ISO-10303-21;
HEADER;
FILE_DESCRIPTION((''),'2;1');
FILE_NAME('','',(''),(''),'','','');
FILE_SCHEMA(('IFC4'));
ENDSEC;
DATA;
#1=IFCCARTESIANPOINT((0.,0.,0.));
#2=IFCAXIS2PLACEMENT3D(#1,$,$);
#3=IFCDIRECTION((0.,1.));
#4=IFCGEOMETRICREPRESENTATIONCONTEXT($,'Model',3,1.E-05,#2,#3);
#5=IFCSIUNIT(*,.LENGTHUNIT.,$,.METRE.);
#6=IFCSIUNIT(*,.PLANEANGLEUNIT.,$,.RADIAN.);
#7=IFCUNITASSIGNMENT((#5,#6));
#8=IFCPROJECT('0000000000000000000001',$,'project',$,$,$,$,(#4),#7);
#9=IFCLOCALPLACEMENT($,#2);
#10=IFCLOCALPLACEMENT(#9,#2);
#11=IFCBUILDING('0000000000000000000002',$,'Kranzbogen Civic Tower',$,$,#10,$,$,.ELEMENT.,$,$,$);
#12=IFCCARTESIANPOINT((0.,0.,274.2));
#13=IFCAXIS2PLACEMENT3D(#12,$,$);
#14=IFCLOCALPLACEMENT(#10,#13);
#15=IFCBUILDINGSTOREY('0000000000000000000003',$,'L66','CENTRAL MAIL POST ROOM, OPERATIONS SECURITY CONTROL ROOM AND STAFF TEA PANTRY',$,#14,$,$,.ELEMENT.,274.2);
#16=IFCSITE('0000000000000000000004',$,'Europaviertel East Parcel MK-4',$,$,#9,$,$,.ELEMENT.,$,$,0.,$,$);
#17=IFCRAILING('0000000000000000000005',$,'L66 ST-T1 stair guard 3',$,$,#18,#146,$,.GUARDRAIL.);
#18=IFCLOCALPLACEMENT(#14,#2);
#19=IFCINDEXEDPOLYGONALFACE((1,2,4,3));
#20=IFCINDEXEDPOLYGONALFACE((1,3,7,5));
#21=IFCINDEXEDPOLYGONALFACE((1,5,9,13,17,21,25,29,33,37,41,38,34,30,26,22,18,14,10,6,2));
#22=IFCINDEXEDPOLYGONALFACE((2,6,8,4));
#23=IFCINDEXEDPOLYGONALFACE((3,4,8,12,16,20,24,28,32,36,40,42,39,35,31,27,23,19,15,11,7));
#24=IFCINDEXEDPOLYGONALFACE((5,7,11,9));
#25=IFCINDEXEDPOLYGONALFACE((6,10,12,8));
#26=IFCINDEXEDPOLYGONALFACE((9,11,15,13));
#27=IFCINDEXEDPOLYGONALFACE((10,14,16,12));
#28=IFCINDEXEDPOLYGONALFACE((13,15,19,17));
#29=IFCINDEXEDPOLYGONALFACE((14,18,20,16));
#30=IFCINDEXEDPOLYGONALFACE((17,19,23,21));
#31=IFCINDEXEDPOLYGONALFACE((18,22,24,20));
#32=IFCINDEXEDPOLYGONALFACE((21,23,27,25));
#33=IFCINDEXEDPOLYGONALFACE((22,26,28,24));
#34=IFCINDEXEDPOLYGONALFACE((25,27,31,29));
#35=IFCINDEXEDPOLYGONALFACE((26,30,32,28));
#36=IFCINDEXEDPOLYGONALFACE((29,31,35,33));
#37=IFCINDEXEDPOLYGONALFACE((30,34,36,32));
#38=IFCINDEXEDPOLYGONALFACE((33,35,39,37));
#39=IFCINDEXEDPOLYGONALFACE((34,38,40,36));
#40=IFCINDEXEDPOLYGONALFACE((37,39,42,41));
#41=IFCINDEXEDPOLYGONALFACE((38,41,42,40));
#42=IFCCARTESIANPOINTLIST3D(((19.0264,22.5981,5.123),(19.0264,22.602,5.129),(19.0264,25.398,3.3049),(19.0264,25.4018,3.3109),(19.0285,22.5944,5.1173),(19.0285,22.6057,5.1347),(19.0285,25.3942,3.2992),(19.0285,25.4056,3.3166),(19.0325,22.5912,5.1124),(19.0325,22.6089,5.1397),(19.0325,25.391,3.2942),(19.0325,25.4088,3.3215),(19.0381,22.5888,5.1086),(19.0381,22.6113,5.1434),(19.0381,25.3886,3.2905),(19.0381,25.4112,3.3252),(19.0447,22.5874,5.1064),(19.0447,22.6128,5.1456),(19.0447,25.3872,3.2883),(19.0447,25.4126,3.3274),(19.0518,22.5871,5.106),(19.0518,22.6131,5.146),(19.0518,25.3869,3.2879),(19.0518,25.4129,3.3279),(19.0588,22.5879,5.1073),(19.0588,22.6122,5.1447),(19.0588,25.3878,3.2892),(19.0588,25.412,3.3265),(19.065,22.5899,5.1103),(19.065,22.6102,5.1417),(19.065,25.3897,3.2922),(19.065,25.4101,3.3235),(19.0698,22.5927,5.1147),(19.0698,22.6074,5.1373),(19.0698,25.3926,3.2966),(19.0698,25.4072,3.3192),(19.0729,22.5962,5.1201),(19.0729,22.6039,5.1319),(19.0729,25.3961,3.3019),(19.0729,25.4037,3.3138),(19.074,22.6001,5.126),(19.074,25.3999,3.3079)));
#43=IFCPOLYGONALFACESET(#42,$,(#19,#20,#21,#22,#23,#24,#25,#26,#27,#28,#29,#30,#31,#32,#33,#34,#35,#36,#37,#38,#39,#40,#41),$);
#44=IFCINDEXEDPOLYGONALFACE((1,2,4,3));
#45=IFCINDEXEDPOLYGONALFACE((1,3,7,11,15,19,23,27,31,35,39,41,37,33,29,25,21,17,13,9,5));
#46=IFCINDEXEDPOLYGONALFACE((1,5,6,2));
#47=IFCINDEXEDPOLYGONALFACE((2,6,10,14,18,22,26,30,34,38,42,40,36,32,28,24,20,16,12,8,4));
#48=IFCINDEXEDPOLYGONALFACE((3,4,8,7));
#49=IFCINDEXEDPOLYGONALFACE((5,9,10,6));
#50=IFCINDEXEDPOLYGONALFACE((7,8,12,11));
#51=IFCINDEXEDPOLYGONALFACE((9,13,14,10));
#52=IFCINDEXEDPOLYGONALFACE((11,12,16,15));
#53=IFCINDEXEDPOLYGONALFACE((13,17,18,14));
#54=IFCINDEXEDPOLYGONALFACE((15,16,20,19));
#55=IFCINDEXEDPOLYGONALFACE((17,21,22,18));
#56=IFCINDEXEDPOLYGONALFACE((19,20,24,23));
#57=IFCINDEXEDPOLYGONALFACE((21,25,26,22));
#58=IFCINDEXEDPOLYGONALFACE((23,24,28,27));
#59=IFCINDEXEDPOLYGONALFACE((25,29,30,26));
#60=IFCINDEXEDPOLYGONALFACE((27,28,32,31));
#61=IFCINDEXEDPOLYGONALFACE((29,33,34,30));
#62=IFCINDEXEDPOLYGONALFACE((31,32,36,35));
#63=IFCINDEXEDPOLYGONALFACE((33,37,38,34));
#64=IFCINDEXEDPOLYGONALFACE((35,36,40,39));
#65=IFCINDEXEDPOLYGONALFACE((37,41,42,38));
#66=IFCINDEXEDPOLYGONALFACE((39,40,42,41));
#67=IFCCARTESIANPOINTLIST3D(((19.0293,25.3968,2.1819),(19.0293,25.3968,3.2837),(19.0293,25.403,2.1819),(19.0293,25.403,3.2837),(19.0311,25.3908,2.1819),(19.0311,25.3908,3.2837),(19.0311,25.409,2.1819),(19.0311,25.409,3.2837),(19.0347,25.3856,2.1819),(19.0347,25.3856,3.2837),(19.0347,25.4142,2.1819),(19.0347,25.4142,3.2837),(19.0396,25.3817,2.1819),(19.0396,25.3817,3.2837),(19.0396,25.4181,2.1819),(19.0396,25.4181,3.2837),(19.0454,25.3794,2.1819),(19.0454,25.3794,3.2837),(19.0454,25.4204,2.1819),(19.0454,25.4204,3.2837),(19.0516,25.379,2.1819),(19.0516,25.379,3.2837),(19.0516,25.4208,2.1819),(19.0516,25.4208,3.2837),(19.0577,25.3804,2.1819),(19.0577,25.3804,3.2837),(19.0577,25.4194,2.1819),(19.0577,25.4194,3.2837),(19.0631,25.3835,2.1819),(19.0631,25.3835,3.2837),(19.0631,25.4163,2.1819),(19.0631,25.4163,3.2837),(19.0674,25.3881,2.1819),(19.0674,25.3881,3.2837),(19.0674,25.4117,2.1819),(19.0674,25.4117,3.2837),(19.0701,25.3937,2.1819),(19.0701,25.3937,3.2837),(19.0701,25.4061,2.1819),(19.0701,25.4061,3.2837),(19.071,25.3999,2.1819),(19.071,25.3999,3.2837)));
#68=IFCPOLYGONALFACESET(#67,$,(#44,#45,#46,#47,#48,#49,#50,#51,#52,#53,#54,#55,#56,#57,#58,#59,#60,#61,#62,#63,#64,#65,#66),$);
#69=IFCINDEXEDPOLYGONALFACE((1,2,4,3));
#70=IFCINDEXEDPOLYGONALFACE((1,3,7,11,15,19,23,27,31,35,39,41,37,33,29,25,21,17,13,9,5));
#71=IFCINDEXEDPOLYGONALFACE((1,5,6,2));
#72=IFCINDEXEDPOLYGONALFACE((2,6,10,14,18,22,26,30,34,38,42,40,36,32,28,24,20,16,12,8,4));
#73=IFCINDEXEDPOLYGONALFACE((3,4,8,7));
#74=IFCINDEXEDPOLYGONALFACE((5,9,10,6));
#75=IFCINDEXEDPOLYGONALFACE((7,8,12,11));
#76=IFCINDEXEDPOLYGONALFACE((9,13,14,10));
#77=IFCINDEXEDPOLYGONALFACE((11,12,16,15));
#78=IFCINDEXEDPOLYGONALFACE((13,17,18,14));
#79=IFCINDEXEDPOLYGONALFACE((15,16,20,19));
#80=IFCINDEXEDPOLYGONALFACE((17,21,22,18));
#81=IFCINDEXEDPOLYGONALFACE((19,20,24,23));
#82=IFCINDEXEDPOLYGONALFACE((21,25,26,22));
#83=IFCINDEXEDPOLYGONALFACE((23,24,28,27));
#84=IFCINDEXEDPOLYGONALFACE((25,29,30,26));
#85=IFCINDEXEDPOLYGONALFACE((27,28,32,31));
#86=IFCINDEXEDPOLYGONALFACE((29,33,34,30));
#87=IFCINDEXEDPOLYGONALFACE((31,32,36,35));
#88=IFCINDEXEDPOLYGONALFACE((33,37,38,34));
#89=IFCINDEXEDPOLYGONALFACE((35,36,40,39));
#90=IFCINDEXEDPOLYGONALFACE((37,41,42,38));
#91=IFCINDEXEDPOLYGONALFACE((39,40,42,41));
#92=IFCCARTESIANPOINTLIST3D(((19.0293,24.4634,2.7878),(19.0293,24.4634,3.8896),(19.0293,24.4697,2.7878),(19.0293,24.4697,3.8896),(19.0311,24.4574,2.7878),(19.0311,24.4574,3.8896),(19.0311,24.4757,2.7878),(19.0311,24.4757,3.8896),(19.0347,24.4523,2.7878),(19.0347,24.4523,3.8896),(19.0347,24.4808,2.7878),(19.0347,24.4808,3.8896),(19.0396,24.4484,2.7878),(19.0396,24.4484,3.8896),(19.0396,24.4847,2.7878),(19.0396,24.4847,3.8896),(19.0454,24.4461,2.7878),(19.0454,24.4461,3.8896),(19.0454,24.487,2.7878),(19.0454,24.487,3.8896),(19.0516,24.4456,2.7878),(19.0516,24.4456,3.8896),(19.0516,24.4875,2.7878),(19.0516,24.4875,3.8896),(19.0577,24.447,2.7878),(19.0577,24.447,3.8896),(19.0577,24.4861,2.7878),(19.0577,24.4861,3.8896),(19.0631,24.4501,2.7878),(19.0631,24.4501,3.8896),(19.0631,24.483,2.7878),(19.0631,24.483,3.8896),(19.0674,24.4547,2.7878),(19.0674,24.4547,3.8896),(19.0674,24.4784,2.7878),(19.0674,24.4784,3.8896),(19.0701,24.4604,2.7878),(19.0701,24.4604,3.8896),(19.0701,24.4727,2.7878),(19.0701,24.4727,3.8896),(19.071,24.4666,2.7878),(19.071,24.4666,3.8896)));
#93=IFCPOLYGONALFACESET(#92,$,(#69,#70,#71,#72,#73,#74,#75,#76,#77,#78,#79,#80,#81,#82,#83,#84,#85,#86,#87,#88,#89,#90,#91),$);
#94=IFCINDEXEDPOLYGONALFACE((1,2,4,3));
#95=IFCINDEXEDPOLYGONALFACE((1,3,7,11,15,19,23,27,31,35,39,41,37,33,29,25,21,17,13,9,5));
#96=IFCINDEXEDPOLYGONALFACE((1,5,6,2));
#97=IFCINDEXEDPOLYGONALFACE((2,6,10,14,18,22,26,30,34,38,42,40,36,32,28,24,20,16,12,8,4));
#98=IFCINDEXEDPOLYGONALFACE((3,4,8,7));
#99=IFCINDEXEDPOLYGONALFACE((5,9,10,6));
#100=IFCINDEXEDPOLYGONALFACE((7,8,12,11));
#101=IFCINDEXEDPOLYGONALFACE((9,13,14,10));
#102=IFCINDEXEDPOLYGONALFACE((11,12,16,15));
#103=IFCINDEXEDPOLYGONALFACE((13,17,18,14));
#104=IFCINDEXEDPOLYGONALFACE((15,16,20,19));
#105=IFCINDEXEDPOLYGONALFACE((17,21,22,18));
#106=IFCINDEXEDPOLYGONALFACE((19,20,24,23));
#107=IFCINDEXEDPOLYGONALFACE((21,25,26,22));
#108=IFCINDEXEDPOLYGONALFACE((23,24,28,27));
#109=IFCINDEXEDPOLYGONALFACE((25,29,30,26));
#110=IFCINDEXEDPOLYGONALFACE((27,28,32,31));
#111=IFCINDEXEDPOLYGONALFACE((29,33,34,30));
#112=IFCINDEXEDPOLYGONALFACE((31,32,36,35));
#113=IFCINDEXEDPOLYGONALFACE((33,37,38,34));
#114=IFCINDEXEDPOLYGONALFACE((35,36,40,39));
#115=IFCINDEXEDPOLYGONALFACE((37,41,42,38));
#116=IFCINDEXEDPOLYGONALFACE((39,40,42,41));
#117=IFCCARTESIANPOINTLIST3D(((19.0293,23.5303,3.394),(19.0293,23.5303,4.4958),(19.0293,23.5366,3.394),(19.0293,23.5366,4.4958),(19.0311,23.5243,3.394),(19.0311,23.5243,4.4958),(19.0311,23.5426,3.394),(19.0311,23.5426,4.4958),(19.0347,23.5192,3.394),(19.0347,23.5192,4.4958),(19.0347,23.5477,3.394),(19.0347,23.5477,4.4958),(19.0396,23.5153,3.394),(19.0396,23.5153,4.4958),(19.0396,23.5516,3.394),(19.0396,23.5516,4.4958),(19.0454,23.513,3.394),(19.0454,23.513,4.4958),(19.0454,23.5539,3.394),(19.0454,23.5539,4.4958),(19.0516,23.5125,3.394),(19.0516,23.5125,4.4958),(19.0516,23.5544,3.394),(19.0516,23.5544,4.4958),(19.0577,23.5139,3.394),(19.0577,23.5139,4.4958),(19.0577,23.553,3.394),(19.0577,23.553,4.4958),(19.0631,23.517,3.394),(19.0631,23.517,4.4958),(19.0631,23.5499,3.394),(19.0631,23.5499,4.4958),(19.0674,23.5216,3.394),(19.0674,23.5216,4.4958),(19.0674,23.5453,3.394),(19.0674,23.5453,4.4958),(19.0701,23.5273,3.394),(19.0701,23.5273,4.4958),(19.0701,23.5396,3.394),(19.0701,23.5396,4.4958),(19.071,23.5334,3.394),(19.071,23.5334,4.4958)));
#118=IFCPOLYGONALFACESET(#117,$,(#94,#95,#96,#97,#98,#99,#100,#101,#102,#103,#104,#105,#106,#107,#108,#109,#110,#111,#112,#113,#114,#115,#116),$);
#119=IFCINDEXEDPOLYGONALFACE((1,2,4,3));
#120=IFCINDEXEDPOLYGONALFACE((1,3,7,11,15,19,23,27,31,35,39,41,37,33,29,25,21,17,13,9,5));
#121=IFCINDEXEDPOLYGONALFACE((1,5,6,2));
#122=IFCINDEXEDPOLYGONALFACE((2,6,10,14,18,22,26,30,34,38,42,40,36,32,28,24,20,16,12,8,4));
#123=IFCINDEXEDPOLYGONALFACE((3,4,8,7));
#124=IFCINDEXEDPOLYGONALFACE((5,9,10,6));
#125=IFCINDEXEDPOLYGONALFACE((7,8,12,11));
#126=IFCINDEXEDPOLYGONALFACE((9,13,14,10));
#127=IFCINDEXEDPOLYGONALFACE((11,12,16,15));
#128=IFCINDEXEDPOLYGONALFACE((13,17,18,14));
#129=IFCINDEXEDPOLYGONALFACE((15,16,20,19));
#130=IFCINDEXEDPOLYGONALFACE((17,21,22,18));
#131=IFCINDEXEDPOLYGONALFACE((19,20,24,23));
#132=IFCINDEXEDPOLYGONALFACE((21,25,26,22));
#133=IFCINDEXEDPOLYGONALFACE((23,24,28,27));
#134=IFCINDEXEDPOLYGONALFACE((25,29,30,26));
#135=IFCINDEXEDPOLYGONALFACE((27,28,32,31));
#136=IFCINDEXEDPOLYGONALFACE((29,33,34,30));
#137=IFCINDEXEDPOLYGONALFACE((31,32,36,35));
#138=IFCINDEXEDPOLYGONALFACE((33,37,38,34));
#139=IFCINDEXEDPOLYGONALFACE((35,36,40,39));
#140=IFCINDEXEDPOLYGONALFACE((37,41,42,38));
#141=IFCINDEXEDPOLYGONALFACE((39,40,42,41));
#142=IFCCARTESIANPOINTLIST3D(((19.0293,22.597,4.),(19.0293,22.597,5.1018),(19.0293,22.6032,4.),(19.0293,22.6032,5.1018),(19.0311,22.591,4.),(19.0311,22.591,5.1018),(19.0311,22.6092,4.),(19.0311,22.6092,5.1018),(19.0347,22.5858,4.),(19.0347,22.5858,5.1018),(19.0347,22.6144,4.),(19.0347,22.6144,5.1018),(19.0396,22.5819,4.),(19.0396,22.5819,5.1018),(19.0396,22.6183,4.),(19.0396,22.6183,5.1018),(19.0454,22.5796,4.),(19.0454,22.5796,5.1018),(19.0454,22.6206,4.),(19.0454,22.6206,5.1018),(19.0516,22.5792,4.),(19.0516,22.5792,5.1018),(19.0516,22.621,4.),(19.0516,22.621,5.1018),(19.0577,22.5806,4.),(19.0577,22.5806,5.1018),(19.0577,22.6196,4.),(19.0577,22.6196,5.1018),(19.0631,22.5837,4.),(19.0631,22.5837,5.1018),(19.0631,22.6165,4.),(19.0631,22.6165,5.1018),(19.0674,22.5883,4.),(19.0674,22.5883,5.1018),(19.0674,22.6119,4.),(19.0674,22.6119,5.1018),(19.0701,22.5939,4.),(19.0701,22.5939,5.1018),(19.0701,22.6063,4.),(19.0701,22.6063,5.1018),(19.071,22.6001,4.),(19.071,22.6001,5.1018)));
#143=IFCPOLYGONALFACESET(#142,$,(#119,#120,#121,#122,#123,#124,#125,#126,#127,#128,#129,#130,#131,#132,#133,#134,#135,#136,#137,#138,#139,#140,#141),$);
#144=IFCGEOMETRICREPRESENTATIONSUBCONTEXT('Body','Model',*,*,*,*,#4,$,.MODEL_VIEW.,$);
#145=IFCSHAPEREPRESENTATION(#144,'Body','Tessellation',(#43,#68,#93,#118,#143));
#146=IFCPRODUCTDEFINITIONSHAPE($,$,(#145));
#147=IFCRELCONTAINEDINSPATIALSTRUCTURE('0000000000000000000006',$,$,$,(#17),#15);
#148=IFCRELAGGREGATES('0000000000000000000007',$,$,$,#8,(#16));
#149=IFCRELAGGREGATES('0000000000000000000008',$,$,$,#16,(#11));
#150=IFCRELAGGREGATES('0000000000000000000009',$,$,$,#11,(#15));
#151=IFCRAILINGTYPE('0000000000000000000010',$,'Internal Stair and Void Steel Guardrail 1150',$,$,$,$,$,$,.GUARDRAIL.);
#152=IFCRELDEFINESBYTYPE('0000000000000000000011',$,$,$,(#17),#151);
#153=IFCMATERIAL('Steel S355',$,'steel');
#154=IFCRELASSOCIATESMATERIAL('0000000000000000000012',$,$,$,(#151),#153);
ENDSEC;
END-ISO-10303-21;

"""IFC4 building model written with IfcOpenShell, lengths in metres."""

from ifc_helpers import new_model, si_unit, direction, frame, origin, origin_2d, place, context, subcontext, project, spatial, circle, extrude, material, type_object, element, save


model = new_model("IFC4")

# Units and contexts
model_context = context("Model", 3, precision=1e-05, world=origin(), true_north=direction((0.0, 1.0)))
body_context = subcontext(model_context, "Body", "Model", "MODEL_VIEW")
ifc_project = project(units=[si_unit("LENGTHUNIT", "METRE"), si_unit("PLANEANGLEUNIT", "RADIAN")], contexts=[model_context])

# Site, building, storey
site_placement = place(None, origin())
site = spatial("IfcSite", under=ifc_project, at=site_placement, Name="Europaviertel East Parcel MK-4", CompositionType="ELEMENT", RefElevation=0.0)
building_placement = place(site_placement, origin())
building = spatial("IfcBuilding", under=site, at=building_placement, Name="Kranzbogen Civic Tower", CompositionType="ELEMENT")
storey_placement = place(building_placement, frame((0.0, 0.0, 274.2)))
storey = spatial("IfcBuildingStorey", under=building, at=storey_placement, Name="L66", Description="CENTRAL MAIL POST ROOM, OPERATIONS SECURITY CONTROL ROOM AND STAFF TEA PANTRY", CompositionType="ELEMENT", Elevation=274.2)

# Shared definitions
ifc_material_1 = material(Name="Steel S355", Category="steel")

# Railing
railing_type_1 = type_object("IfcRailingType", Name="Internal Stair and Void Steel Guardrail 1150", PredefinedType="GUARDRAIL", material=ifc_material_1)
railing_1_placement = place(storey_placement, frame((19.05, 25.3999, 2.1819)))
element("IfcRailing", 1, at=railing_1_placement, inside=storey, type_object=railing_type_1, Name="L66 ST-T1 stair guard 3", PredefinedType="GUARDRAIL", context=body_context, shape_type="SweptSolid", body=[
    extrude(circle(Radius=0.0239, at=origin_2d()), frame((0.0, 0.0, 1.126), z_axis=(0.0, -0.838684, 0.544618), x_axis=(1.0, 0.0, 0.0)), (0.0, 0.0, 1.0), 3.3384),
    extrude(circle(Radius=0.021, at=origin_2d()), origin(), (0.0, 0.0, 1.0), 1.1018),
    extrude(circle(Radius=0.021, at=origin_2d()), frame((0.0, -0.9333, 0.606)), (0.0, 0.0, 1.0), 1.1018),
    extrude(circle(Radius=0.021, at=origin_2d()), frame((0.0, -1.8665, 1.2122)), (0.0, 0.0, 1.0), 1.1018),
    extrude(circle(Radius=0.021, at=origin_2d()), frame((0.0, -2.7998, 1.8181)), (0.0, 0.0, 1.0), 1.1018),
])

save(model, "model.ifc")
